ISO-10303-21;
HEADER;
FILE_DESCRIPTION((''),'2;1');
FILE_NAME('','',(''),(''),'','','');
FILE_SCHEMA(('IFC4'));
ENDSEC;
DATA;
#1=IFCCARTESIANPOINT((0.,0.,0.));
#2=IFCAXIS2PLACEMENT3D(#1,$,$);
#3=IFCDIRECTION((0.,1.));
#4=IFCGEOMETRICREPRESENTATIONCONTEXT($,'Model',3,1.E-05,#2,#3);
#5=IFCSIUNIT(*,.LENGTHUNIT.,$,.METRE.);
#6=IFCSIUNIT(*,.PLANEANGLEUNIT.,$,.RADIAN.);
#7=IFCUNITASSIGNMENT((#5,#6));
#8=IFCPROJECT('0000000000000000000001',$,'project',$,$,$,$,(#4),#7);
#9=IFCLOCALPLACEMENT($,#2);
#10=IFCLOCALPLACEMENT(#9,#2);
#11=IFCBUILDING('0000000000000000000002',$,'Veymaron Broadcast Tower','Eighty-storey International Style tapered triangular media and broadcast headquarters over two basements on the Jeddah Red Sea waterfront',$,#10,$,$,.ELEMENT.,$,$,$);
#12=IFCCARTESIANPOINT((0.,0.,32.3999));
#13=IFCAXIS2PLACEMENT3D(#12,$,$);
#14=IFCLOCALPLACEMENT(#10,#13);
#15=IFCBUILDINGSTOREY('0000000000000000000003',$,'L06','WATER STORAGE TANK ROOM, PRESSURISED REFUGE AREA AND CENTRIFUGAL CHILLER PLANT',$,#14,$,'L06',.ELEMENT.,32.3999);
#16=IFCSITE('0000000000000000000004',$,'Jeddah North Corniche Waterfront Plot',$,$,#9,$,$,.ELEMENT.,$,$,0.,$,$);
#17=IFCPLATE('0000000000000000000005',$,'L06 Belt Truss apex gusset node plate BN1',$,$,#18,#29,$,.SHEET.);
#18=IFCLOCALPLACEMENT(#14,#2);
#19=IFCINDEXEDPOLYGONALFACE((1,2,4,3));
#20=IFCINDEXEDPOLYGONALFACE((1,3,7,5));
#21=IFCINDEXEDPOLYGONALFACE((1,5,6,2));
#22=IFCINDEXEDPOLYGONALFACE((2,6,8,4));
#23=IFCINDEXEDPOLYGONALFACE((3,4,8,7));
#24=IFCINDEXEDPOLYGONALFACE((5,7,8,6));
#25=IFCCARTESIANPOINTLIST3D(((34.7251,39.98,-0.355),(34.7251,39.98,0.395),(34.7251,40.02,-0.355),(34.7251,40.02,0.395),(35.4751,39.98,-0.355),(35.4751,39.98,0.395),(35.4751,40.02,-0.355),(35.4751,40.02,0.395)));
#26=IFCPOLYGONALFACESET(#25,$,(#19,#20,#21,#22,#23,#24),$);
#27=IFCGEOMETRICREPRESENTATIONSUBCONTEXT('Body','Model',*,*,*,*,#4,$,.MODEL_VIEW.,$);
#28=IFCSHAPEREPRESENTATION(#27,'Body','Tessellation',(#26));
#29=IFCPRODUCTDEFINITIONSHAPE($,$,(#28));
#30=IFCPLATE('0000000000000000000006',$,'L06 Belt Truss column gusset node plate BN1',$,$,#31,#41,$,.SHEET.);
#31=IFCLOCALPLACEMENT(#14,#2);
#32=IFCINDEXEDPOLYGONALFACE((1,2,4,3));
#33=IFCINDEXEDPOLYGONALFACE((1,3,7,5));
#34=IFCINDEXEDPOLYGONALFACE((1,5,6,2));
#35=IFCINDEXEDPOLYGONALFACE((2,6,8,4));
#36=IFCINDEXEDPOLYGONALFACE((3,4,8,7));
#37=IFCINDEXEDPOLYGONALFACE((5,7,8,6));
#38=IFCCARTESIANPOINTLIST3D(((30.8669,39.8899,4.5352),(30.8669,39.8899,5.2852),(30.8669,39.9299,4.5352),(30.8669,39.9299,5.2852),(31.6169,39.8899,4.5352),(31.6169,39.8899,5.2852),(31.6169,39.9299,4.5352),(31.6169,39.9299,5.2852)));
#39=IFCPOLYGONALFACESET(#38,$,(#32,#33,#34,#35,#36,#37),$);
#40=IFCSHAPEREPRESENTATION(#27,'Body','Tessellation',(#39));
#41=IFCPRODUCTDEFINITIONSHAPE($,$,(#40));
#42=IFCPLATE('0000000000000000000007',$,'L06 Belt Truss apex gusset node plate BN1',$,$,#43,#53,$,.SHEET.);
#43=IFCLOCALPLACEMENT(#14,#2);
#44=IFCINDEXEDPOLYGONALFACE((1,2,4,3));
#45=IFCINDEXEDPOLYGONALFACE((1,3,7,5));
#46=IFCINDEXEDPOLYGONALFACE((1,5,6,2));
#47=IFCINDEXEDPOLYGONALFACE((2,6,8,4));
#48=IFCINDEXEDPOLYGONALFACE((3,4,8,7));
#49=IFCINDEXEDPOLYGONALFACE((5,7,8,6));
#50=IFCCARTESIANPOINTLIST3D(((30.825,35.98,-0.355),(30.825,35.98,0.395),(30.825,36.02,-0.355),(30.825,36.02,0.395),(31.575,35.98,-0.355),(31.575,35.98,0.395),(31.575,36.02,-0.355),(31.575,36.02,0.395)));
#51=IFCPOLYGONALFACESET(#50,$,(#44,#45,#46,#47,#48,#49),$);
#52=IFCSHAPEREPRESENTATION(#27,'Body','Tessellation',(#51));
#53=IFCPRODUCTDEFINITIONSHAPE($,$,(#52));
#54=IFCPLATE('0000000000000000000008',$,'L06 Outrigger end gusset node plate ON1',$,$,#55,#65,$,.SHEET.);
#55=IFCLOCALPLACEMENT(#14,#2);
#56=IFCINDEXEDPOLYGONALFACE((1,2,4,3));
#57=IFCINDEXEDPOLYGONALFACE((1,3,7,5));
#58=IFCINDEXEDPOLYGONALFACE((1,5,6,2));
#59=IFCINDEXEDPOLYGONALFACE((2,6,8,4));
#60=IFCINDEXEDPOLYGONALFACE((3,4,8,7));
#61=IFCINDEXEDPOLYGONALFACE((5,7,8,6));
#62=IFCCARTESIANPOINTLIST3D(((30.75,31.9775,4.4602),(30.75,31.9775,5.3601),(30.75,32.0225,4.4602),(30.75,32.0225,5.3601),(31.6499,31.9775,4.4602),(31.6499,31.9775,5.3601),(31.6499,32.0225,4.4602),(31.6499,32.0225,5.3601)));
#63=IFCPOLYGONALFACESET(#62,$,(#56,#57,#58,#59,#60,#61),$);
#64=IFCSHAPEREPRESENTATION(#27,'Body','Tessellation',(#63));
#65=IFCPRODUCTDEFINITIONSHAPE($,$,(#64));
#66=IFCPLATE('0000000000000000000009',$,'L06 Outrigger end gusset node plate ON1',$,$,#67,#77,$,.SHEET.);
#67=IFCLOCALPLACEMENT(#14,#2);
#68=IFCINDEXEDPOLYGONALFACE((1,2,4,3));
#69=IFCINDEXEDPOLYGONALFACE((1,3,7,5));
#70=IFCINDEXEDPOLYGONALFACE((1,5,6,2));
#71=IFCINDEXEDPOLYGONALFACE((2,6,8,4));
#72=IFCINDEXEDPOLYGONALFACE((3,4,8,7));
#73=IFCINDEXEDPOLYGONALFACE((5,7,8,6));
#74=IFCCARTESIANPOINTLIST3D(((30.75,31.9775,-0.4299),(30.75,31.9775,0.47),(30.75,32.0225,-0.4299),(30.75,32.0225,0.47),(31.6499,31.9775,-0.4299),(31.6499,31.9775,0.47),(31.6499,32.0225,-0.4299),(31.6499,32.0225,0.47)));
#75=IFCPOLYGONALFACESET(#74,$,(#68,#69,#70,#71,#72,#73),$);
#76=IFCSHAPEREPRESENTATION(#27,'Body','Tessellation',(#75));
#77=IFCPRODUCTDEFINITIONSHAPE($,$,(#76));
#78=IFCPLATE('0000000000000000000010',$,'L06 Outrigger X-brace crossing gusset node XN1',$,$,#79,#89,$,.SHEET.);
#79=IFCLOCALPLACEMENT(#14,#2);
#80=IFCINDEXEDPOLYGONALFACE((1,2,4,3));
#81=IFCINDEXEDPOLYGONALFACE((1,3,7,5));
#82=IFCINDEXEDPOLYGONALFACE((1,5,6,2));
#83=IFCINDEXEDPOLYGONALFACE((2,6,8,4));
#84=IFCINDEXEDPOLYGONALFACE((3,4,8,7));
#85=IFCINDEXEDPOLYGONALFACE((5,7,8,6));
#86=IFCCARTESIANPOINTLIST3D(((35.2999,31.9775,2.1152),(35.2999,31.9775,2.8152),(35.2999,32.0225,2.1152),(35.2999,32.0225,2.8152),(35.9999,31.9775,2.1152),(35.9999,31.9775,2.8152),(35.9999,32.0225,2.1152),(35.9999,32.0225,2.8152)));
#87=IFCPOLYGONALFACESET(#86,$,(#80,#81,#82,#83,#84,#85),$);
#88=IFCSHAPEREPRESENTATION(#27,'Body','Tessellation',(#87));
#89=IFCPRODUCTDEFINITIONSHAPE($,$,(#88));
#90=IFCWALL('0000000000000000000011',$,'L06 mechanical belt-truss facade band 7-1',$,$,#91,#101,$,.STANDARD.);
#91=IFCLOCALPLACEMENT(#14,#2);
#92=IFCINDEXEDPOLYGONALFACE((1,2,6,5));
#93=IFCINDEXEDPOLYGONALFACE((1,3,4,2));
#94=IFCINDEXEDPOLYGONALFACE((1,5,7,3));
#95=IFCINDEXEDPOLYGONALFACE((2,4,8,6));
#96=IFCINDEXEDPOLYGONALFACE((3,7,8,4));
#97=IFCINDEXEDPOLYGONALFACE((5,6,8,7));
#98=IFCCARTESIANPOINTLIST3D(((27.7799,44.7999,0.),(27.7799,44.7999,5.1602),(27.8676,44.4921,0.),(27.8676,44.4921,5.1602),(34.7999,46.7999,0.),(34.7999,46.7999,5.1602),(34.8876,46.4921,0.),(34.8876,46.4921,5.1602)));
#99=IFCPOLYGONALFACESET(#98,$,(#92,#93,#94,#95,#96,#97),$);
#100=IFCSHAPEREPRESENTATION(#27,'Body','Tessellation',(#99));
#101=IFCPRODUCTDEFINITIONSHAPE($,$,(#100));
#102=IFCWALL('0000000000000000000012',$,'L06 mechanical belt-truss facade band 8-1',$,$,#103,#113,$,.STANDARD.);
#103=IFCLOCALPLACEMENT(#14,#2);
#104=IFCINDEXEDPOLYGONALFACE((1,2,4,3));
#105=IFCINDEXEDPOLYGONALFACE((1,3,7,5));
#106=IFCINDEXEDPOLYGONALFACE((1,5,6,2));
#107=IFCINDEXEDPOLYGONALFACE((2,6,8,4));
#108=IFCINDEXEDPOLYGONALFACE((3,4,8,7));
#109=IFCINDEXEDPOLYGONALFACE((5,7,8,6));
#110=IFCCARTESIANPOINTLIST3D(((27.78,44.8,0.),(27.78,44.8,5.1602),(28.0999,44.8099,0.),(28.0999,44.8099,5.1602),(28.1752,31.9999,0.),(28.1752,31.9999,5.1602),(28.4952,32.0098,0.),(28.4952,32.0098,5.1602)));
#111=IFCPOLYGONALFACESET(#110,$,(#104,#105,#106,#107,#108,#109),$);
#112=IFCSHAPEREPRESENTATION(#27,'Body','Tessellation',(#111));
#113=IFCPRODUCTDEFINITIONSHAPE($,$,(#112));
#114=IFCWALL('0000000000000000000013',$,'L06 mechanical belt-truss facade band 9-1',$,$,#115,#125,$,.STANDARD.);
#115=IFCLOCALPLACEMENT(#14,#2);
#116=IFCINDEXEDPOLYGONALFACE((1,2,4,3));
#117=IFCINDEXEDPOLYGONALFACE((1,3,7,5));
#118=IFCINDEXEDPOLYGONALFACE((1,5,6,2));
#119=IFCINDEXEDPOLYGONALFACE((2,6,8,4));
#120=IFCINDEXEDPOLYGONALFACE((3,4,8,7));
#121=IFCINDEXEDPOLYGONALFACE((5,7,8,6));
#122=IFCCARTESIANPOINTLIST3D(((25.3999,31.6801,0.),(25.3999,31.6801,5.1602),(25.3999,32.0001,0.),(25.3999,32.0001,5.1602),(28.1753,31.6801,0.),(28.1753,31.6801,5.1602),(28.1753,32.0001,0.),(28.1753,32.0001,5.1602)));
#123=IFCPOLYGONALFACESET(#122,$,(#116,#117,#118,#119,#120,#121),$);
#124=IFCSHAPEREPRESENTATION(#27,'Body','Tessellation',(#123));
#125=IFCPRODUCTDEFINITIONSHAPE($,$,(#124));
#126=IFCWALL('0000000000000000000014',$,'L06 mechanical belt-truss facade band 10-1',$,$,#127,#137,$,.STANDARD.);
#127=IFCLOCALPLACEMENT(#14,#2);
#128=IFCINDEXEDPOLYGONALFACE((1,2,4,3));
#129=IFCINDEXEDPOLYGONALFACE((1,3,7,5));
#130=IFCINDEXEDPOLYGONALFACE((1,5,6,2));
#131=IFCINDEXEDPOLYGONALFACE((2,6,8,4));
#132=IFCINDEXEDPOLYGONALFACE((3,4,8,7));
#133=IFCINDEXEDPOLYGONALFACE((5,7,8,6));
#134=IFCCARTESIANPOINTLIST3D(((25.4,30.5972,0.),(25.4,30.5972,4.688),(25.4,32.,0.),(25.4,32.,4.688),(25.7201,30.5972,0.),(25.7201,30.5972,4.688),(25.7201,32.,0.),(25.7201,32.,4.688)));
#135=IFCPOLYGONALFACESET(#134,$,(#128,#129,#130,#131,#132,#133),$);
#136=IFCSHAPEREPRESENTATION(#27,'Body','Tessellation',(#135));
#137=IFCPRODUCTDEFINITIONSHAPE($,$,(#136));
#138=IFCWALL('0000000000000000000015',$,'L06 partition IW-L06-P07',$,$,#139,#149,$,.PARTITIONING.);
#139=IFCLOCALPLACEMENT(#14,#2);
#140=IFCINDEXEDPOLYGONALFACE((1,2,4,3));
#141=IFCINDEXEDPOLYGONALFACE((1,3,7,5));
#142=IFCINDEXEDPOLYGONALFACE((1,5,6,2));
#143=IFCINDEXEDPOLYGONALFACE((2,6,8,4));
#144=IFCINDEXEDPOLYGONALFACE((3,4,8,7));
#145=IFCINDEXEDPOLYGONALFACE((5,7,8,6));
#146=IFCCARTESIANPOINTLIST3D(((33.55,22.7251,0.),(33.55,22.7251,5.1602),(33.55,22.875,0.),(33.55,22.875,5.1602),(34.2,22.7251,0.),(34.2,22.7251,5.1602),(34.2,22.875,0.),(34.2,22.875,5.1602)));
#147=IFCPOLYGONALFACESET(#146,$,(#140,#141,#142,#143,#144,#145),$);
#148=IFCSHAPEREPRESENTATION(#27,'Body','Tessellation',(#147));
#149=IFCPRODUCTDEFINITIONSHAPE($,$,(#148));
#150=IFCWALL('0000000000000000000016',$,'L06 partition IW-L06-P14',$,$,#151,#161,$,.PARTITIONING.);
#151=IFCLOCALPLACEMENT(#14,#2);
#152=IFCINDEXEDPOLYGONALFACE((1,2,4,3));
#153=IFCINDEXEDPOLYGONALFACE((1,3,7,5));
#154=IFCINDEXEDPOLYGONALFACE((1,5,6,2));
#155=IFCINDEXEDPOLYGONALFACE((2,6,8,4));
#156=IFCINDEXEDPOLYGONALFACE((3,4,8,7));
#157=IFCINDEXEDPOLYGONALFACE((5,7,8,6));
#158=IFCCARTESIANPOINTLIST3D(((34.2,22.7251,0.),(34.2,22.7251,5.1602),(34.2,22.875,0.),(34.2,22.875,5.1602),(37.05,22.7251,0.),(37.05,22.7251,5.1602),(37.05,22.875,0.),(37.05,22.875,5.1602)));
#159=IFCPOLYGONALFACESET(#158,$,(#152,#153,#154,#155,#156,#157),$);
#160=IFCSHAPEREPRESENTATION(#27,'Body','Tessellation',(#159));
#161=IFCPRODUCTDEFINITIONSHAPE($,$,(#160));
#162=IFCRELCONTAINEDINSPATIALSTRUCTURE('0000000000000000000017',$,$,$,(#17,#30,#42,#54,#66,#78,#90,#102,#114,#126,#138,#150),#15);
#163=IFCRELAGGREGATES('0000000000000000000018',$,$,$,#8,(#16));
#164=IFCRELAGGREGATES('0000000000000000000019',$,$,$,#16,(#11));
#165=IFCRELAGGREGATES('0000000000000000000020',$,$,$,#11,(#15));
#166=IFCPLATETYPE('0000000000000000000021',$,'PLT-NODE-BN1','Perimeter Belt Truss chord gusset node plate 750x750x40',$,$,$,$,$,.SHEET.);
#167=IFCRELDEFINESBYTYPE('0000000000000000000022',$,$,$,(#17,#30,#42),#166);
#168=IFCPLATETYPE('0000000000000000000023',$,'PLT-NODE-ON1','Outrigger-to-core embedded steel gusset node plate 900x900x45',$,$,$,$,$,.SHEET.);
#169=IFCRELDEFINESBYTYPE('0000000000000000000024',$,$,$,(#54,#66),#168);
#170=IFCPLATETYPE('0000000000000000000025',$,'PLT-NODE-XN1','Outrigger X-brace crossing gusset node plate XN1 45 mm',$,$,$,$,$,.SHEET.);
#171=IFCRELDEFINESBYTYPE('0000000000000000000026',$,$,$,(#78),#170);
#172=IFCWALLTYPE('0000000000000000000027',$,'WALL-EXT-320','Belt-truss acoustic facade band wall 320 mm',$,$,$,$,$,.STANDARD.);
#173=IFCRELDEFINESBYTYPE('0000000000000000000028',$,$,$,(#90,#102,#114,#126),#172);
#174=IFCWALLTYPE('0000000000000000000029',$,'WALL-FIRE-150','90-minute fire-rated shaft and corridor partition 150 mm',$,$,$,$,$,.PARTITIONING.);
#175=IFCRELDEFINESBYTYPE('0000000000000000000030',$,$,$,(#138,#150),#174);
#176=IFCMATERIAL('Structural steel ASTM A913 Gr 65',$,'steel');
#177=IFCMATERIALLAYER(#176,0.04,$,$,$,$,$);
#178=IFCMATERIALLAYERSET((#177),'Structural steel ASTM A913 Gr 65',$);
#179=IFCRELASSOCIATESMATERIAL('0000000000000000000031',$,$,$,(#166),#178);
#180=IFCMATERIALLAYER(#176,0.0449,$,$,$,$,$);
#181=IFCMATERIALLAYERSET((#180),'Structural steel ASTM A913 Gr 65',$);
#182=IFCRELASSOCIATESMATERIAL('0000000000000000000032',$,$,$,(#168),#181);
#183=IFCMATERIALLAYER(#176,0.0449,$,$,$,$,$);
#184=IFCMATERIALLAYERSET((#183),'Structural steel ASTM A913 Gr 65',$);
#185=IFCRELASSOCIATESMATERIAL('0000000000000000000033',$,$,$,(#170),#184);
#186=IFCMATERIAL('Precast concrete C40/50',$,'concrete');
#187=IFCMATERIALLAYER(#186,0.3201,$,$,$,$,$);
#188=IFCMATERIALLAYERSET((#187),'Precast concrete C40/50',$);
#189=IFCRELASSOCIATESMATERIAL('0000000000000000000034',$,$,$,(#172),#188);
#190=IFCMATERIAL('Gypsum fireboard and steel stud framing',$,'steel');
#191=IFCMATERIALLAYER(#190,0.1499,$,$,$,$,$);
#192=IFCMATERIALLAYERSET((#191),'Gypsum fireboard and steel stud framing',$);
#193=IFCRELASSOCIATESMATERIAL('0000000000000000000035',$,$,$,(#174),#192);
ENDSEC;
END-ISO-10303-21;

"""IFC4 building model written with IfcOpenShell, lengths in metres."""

from ifc_helpers import new_model, si_unit, direction, frame, frame_2d, origin, origin_2d, place, context, subcontext, project, spatial, rectangle, extrude, material, layer, layer_set, type_object, element, save


model = new_model("IFC4")

# Units and contexts
model_context = context("Model", 3, precision=1e-05, world=origin(), true_north=direction((0.0, 1.0)))
body_context = subcontext(model_context, "Body", "Model", "MODEL_VIEW")
ifc_project = project(units=[si_unit("LENGTHUNIT", "METRE"), si_unit("PLANEANGLEUNIT", "RADIAN")], contexts=[model_context])

# Site, building, storey
site_placement = place(None, origin())
site = spatial("IfcSite", under=ifc_project, at=site_placement, Name="Jeddah North Corniche Waterfront Plot", CompositionType="ELEMENT", RefElevation=0.0)
building_placement = place(site_placement, origin())
building = spatial("IfcBuilding", under=site, at=building_placement, Name="Veymaron Broadcast Tower", Description="Eighty-storey International Style tapered triangular media and broadcast headquarters over two basements on the Jeddah Red Sea waterfront", CompositionType="ELEMENT")
storey_placement = place(building_placement, frame((0.0, 0.0, 32.3999)))
storey = spatial("IfcBuildingStorey", under=building, at=storey_placement, Name="L06", Description="WATER STORAGE TANK ROOM, PRESSURISED REFUGE AREA AND CENTRIFUGAL CHILLER PLANT", LongName="L06", CompositionType="ELEMENT", Elevation=32.3999)

# Shared definitions
ifc_material_1 = material(Name="Structural steel ASTM A913 Gr 65", Category="steel")

# Plates
ifc_layer_1 = layer(ifc_material_1, 0.04)
ifc_layer_set_1 = layer_set([ifc_layer_1], Name="Structural steel ASTM A913 Gr 65")
plate_type_1 = type_object("IfcPlateType", Name="PLT-NODE-BN1", Description="Perimeter Belt Truss chord gusset node plate 750x750x40", PredefinedType="SHEET", material=ifc_layer_set_1)
for number, where, z_axis, x_axis, name in (
    (1, (35.1001, 40.0, -0.355), (0.0, 0.0, 1.0), (1.0, 0.0, 0.0), "L06 Belt Truss apex gusset node plate BN1"),
    (2, (31.2419, 39.9099, 4.5352), (0.0, 0.0, 1.0), (1.0, 0.0, 0.0), "L06 Belt Truss column gusset node plate BN1"),
    (3, (31.2, 36.0, -0.355), (0.0, 0.0, 1.0), (1.0, 0.0, 0.0), "L06 Belt Truss apex gusset node plate BN1"),
):
    element("IfcPlate", number, at=place(storey_placement, frame(where, z_axis=z_axis, x_axis=x_axis)), inside=storey, type_object=plate_type_1, Name=name, PredefinedType="SHEET", context=body_context, shape_type="SweptSolid", body=[
        extrude(rectangle(XDim=0.75, YDim=0.04, at=origin_2d()), origin(), (0.0, 0.0, 1.0), 0.75),
    ])
ifc_layer_2 = layer(ifc_material_1, 0.0449)
ifc_layer_set_2 = layer_set([ifc_layer_2], Name="Structural steel ASTM A913 Gr 65")
plate_type_2 = type_object("IfcPlateType", Name="PLT-NODE-ON1", Description="Outrigger-to-core embedded steel gusset node plate 900x900x45", PredefinedType="SHEET", material=ifc_layer_set_2)
for number, where, z_axis, x_axis, name in (
    (4, (31.2, 32.0, 4.4602), (0.0, 0.0, 1.0), (1.0, 0.0, 0.0), "L06 Outrigger end gusset node plate ON1"),
    (5, (31.2, 32.0, -0.4299), (0.0, 0.0, 1.0), (1.0, 0.0, 0.0), "L06 Outrigger end gusset node plate ON1"),
):
    element("IfcPlate", number, at=place(storey_placement, frame(where, z_axis=z_axis, x_axis=x_axis)), inside=storey, type_object=plate_type_2, Name=name, PredefinedType="SHEET", context=body_context, shape_type="SweptSolid", body=[
        extrude(rectangle(XDim=0.8999, YDim=0.0449, at=origin_2d()), origin(), (0.0, 0.0, 1.0), 0.8999),
    ])
ifc_layer_3 = layer(ifc_material_1, 0.0449)
ifc_layer_set_3 = layer_set([ifc_layer_3], Name="Structural steel ASTM A913 Gr 65")
plate_type_3 = type_object("IfcPlateType", Name="PLT-NODE-XN1", Description="Outrigger X-brace crossing gusset node plate XN1 45 mm", PredefinedType="SHEET", material=ifc_layer_set_3)
plate_placement = place(storey_placement, frame((35.6499, 32.0, 2.1152), z_axis=(0.0, 0.0, 1.0), x_axis=(1.0, 0.0, 0.0)))
element("IfcPlate", 6, at=plate_placement, inside=storey, type_object=plate_type_3, Name="L06 Outrigger X-brace crossing gusset node XN1", PredefinedType="SHEET", context=body_context, shape_type="SweptSolid", body=[
    extrude(rectangle(XDim=0.7, YDim=0.0449, at=origin_2d()), origin(), (0.0, 0.0, 1.0), 0.7),
])

# Walls
ifc_material_2 = material(Name="Precast concrete C40/50", Category="concrete")
ifc_layer_4 = layer(ifc_material_2, 0.3201)
ifc_layer_set_4 = layer_set([ifc_layer_4], Name="Precast concrete C40/50")
wall_type_1 = type_object("IfcWallType", Name="WALL-EXT-320", Description="Belt-truss acoustic facade band wall 320 mm", PredefinedType="STANDARD", material=ifc_layer_set_4)
wall_1_placement = place(storey_placement, frame((34.8438, 46.646, 0.0), z_axis=(0.0, 0.0, 1.0), x_axis=(-0.961731, -0.273997, 0.0)))
element("IfcWall", 7, at=wall_1_placement, inside=storey, type_object=wall_type_1, Name="L06 mechanical belt-truss facade band 7-1", PredefinedType="STANDARD", context=body_context, shape_type="SweptSolid", body=[
    extrude(rectangle(XDim=7.2993, YDim=0.3201, at=frame_2d((3.6497, 0.0))), origin(), (0.0, 0.0, 1.0), 5.1602),
])
wall_2_placement = place(storey_placement, frame((27.9399, 44.8049, 0.0), z_axis=(0.0, 0.0, 1.0), x_axis=(0.030865, -0.999524, 0.0)))
element("IfcWall", 8, at=wall_2_placement, inside=storey, type_object=wall_type_1, Name="L06 mechanical belt-truss facade band 8-1", PredefinedType="STANDARD", context=body_context, shape_type="SweptSolid", body=[
    extrude(rectangle(XDim=12.8062, YDim=0.3201, at=frame_2d((6.4031, 0.0))), origin(), (0.0, 0.0, 1.0), 5.1602),
])
wall_3_placement = place(storey_placement, frame((28.1753, 31.8401, 0.0), z_axis=(0.0, 0.0, 1.0), x_axis=(-1.0, 0.0, 0.0)))
element("IfcWall", 9, at=wall_3_placement, inside=storey, type_object=wall_type_1, Name="L06 mechanical belt-truss facade band 9-1", PredefinedType="STANDARD", context=body_context, shape_type="SweptSolid", body=[
    extrude(rectangle(XDim=2.7754, YDim=0.3201, at=frame_2d((1.3877, 0.0))), origin(), (0.0, 0.0, 1.0), 5.1602),
])
wall_4_placement = place(storey_placement, frame((25.5601, 32.0, 0.0), z_axis=(0.0, 0.0, 1.0), x_axis=(0.0, -1.0, 0.0)))
element("IfcWall", 10, at=wall_4_placement, inside=storey, type_object=wall_type_1, Name="L06 mechanical belt-truss facade band 10-1", PredefinedType="STANDARD", context=body_context, shape_type="SweptSolid", body=[
    extrude(rectangle(XDim=1.4028, YDim=0.3201, at=frame_2d((0.7014, 0.0))), origin(), (0.0, 0.0, 1.0), 4.688),
])
ifc_material_3 = material(Name="Gypsum fireboard and steel stud framing", Category="steel")
ifc_layer_5 = layer(ifc_material_3, 0.1499)
ifc_layer_set_5 = layer_set([ifc_layer_5], Name="Gypsum fireboard and steel stud framing")
wall_type_2 = type_object("IfcWallType", Name="WALL-FIRE-150", Description="90-minute fire-rated shaft and corridor partition 150 mm", PredefinedType="PARTITIONING", material=ifc_layer_set_5)
wall_5_placement = place(storey_placement, frame((33.55, 22.8, 0.0), z_axis=(0.0, 0.0, 1.0), x_axis=(1.0, 0.0, 0.0)))
element("IfcWall", 11, at=wall_5_placement, inside=storey, type_object=wall_type_2, Name="L06 partition IW-L06-P07", PredefinedType="PARTITIONING", context=body_context, shape_type="SweptSolid", body=[
    extrude(rectangle(XDim=0.6499, YDim=0.1499, at=frame_2d((0.325, 0.0))), origin(), (0.0, 0.0, 1.0), 5.1602),
])
wall_6_placement = place(storey_placement, frame((34.2, 22.8, 0.0), z_axis=(0.0, 0.0, 1.0), x_axis=(1.0, 0.0, 0.0)))
element("IfcWall", 12, at=wall_6_placement, inside=storey, type_object=wall_type_2, Name="L06 partition IW-L06-P14", PredefinedType="PARTITIONING", context=body_context, shape_type="SweptSolid", body=[
    extrude(rectangle(XDim=2.8501, YDim=0.1499, at=frame_2d((1.425, 0.0))), origin(), (0.0, 0.0, 1.0), 5.1602),
])

save(model, "model.ifc")
